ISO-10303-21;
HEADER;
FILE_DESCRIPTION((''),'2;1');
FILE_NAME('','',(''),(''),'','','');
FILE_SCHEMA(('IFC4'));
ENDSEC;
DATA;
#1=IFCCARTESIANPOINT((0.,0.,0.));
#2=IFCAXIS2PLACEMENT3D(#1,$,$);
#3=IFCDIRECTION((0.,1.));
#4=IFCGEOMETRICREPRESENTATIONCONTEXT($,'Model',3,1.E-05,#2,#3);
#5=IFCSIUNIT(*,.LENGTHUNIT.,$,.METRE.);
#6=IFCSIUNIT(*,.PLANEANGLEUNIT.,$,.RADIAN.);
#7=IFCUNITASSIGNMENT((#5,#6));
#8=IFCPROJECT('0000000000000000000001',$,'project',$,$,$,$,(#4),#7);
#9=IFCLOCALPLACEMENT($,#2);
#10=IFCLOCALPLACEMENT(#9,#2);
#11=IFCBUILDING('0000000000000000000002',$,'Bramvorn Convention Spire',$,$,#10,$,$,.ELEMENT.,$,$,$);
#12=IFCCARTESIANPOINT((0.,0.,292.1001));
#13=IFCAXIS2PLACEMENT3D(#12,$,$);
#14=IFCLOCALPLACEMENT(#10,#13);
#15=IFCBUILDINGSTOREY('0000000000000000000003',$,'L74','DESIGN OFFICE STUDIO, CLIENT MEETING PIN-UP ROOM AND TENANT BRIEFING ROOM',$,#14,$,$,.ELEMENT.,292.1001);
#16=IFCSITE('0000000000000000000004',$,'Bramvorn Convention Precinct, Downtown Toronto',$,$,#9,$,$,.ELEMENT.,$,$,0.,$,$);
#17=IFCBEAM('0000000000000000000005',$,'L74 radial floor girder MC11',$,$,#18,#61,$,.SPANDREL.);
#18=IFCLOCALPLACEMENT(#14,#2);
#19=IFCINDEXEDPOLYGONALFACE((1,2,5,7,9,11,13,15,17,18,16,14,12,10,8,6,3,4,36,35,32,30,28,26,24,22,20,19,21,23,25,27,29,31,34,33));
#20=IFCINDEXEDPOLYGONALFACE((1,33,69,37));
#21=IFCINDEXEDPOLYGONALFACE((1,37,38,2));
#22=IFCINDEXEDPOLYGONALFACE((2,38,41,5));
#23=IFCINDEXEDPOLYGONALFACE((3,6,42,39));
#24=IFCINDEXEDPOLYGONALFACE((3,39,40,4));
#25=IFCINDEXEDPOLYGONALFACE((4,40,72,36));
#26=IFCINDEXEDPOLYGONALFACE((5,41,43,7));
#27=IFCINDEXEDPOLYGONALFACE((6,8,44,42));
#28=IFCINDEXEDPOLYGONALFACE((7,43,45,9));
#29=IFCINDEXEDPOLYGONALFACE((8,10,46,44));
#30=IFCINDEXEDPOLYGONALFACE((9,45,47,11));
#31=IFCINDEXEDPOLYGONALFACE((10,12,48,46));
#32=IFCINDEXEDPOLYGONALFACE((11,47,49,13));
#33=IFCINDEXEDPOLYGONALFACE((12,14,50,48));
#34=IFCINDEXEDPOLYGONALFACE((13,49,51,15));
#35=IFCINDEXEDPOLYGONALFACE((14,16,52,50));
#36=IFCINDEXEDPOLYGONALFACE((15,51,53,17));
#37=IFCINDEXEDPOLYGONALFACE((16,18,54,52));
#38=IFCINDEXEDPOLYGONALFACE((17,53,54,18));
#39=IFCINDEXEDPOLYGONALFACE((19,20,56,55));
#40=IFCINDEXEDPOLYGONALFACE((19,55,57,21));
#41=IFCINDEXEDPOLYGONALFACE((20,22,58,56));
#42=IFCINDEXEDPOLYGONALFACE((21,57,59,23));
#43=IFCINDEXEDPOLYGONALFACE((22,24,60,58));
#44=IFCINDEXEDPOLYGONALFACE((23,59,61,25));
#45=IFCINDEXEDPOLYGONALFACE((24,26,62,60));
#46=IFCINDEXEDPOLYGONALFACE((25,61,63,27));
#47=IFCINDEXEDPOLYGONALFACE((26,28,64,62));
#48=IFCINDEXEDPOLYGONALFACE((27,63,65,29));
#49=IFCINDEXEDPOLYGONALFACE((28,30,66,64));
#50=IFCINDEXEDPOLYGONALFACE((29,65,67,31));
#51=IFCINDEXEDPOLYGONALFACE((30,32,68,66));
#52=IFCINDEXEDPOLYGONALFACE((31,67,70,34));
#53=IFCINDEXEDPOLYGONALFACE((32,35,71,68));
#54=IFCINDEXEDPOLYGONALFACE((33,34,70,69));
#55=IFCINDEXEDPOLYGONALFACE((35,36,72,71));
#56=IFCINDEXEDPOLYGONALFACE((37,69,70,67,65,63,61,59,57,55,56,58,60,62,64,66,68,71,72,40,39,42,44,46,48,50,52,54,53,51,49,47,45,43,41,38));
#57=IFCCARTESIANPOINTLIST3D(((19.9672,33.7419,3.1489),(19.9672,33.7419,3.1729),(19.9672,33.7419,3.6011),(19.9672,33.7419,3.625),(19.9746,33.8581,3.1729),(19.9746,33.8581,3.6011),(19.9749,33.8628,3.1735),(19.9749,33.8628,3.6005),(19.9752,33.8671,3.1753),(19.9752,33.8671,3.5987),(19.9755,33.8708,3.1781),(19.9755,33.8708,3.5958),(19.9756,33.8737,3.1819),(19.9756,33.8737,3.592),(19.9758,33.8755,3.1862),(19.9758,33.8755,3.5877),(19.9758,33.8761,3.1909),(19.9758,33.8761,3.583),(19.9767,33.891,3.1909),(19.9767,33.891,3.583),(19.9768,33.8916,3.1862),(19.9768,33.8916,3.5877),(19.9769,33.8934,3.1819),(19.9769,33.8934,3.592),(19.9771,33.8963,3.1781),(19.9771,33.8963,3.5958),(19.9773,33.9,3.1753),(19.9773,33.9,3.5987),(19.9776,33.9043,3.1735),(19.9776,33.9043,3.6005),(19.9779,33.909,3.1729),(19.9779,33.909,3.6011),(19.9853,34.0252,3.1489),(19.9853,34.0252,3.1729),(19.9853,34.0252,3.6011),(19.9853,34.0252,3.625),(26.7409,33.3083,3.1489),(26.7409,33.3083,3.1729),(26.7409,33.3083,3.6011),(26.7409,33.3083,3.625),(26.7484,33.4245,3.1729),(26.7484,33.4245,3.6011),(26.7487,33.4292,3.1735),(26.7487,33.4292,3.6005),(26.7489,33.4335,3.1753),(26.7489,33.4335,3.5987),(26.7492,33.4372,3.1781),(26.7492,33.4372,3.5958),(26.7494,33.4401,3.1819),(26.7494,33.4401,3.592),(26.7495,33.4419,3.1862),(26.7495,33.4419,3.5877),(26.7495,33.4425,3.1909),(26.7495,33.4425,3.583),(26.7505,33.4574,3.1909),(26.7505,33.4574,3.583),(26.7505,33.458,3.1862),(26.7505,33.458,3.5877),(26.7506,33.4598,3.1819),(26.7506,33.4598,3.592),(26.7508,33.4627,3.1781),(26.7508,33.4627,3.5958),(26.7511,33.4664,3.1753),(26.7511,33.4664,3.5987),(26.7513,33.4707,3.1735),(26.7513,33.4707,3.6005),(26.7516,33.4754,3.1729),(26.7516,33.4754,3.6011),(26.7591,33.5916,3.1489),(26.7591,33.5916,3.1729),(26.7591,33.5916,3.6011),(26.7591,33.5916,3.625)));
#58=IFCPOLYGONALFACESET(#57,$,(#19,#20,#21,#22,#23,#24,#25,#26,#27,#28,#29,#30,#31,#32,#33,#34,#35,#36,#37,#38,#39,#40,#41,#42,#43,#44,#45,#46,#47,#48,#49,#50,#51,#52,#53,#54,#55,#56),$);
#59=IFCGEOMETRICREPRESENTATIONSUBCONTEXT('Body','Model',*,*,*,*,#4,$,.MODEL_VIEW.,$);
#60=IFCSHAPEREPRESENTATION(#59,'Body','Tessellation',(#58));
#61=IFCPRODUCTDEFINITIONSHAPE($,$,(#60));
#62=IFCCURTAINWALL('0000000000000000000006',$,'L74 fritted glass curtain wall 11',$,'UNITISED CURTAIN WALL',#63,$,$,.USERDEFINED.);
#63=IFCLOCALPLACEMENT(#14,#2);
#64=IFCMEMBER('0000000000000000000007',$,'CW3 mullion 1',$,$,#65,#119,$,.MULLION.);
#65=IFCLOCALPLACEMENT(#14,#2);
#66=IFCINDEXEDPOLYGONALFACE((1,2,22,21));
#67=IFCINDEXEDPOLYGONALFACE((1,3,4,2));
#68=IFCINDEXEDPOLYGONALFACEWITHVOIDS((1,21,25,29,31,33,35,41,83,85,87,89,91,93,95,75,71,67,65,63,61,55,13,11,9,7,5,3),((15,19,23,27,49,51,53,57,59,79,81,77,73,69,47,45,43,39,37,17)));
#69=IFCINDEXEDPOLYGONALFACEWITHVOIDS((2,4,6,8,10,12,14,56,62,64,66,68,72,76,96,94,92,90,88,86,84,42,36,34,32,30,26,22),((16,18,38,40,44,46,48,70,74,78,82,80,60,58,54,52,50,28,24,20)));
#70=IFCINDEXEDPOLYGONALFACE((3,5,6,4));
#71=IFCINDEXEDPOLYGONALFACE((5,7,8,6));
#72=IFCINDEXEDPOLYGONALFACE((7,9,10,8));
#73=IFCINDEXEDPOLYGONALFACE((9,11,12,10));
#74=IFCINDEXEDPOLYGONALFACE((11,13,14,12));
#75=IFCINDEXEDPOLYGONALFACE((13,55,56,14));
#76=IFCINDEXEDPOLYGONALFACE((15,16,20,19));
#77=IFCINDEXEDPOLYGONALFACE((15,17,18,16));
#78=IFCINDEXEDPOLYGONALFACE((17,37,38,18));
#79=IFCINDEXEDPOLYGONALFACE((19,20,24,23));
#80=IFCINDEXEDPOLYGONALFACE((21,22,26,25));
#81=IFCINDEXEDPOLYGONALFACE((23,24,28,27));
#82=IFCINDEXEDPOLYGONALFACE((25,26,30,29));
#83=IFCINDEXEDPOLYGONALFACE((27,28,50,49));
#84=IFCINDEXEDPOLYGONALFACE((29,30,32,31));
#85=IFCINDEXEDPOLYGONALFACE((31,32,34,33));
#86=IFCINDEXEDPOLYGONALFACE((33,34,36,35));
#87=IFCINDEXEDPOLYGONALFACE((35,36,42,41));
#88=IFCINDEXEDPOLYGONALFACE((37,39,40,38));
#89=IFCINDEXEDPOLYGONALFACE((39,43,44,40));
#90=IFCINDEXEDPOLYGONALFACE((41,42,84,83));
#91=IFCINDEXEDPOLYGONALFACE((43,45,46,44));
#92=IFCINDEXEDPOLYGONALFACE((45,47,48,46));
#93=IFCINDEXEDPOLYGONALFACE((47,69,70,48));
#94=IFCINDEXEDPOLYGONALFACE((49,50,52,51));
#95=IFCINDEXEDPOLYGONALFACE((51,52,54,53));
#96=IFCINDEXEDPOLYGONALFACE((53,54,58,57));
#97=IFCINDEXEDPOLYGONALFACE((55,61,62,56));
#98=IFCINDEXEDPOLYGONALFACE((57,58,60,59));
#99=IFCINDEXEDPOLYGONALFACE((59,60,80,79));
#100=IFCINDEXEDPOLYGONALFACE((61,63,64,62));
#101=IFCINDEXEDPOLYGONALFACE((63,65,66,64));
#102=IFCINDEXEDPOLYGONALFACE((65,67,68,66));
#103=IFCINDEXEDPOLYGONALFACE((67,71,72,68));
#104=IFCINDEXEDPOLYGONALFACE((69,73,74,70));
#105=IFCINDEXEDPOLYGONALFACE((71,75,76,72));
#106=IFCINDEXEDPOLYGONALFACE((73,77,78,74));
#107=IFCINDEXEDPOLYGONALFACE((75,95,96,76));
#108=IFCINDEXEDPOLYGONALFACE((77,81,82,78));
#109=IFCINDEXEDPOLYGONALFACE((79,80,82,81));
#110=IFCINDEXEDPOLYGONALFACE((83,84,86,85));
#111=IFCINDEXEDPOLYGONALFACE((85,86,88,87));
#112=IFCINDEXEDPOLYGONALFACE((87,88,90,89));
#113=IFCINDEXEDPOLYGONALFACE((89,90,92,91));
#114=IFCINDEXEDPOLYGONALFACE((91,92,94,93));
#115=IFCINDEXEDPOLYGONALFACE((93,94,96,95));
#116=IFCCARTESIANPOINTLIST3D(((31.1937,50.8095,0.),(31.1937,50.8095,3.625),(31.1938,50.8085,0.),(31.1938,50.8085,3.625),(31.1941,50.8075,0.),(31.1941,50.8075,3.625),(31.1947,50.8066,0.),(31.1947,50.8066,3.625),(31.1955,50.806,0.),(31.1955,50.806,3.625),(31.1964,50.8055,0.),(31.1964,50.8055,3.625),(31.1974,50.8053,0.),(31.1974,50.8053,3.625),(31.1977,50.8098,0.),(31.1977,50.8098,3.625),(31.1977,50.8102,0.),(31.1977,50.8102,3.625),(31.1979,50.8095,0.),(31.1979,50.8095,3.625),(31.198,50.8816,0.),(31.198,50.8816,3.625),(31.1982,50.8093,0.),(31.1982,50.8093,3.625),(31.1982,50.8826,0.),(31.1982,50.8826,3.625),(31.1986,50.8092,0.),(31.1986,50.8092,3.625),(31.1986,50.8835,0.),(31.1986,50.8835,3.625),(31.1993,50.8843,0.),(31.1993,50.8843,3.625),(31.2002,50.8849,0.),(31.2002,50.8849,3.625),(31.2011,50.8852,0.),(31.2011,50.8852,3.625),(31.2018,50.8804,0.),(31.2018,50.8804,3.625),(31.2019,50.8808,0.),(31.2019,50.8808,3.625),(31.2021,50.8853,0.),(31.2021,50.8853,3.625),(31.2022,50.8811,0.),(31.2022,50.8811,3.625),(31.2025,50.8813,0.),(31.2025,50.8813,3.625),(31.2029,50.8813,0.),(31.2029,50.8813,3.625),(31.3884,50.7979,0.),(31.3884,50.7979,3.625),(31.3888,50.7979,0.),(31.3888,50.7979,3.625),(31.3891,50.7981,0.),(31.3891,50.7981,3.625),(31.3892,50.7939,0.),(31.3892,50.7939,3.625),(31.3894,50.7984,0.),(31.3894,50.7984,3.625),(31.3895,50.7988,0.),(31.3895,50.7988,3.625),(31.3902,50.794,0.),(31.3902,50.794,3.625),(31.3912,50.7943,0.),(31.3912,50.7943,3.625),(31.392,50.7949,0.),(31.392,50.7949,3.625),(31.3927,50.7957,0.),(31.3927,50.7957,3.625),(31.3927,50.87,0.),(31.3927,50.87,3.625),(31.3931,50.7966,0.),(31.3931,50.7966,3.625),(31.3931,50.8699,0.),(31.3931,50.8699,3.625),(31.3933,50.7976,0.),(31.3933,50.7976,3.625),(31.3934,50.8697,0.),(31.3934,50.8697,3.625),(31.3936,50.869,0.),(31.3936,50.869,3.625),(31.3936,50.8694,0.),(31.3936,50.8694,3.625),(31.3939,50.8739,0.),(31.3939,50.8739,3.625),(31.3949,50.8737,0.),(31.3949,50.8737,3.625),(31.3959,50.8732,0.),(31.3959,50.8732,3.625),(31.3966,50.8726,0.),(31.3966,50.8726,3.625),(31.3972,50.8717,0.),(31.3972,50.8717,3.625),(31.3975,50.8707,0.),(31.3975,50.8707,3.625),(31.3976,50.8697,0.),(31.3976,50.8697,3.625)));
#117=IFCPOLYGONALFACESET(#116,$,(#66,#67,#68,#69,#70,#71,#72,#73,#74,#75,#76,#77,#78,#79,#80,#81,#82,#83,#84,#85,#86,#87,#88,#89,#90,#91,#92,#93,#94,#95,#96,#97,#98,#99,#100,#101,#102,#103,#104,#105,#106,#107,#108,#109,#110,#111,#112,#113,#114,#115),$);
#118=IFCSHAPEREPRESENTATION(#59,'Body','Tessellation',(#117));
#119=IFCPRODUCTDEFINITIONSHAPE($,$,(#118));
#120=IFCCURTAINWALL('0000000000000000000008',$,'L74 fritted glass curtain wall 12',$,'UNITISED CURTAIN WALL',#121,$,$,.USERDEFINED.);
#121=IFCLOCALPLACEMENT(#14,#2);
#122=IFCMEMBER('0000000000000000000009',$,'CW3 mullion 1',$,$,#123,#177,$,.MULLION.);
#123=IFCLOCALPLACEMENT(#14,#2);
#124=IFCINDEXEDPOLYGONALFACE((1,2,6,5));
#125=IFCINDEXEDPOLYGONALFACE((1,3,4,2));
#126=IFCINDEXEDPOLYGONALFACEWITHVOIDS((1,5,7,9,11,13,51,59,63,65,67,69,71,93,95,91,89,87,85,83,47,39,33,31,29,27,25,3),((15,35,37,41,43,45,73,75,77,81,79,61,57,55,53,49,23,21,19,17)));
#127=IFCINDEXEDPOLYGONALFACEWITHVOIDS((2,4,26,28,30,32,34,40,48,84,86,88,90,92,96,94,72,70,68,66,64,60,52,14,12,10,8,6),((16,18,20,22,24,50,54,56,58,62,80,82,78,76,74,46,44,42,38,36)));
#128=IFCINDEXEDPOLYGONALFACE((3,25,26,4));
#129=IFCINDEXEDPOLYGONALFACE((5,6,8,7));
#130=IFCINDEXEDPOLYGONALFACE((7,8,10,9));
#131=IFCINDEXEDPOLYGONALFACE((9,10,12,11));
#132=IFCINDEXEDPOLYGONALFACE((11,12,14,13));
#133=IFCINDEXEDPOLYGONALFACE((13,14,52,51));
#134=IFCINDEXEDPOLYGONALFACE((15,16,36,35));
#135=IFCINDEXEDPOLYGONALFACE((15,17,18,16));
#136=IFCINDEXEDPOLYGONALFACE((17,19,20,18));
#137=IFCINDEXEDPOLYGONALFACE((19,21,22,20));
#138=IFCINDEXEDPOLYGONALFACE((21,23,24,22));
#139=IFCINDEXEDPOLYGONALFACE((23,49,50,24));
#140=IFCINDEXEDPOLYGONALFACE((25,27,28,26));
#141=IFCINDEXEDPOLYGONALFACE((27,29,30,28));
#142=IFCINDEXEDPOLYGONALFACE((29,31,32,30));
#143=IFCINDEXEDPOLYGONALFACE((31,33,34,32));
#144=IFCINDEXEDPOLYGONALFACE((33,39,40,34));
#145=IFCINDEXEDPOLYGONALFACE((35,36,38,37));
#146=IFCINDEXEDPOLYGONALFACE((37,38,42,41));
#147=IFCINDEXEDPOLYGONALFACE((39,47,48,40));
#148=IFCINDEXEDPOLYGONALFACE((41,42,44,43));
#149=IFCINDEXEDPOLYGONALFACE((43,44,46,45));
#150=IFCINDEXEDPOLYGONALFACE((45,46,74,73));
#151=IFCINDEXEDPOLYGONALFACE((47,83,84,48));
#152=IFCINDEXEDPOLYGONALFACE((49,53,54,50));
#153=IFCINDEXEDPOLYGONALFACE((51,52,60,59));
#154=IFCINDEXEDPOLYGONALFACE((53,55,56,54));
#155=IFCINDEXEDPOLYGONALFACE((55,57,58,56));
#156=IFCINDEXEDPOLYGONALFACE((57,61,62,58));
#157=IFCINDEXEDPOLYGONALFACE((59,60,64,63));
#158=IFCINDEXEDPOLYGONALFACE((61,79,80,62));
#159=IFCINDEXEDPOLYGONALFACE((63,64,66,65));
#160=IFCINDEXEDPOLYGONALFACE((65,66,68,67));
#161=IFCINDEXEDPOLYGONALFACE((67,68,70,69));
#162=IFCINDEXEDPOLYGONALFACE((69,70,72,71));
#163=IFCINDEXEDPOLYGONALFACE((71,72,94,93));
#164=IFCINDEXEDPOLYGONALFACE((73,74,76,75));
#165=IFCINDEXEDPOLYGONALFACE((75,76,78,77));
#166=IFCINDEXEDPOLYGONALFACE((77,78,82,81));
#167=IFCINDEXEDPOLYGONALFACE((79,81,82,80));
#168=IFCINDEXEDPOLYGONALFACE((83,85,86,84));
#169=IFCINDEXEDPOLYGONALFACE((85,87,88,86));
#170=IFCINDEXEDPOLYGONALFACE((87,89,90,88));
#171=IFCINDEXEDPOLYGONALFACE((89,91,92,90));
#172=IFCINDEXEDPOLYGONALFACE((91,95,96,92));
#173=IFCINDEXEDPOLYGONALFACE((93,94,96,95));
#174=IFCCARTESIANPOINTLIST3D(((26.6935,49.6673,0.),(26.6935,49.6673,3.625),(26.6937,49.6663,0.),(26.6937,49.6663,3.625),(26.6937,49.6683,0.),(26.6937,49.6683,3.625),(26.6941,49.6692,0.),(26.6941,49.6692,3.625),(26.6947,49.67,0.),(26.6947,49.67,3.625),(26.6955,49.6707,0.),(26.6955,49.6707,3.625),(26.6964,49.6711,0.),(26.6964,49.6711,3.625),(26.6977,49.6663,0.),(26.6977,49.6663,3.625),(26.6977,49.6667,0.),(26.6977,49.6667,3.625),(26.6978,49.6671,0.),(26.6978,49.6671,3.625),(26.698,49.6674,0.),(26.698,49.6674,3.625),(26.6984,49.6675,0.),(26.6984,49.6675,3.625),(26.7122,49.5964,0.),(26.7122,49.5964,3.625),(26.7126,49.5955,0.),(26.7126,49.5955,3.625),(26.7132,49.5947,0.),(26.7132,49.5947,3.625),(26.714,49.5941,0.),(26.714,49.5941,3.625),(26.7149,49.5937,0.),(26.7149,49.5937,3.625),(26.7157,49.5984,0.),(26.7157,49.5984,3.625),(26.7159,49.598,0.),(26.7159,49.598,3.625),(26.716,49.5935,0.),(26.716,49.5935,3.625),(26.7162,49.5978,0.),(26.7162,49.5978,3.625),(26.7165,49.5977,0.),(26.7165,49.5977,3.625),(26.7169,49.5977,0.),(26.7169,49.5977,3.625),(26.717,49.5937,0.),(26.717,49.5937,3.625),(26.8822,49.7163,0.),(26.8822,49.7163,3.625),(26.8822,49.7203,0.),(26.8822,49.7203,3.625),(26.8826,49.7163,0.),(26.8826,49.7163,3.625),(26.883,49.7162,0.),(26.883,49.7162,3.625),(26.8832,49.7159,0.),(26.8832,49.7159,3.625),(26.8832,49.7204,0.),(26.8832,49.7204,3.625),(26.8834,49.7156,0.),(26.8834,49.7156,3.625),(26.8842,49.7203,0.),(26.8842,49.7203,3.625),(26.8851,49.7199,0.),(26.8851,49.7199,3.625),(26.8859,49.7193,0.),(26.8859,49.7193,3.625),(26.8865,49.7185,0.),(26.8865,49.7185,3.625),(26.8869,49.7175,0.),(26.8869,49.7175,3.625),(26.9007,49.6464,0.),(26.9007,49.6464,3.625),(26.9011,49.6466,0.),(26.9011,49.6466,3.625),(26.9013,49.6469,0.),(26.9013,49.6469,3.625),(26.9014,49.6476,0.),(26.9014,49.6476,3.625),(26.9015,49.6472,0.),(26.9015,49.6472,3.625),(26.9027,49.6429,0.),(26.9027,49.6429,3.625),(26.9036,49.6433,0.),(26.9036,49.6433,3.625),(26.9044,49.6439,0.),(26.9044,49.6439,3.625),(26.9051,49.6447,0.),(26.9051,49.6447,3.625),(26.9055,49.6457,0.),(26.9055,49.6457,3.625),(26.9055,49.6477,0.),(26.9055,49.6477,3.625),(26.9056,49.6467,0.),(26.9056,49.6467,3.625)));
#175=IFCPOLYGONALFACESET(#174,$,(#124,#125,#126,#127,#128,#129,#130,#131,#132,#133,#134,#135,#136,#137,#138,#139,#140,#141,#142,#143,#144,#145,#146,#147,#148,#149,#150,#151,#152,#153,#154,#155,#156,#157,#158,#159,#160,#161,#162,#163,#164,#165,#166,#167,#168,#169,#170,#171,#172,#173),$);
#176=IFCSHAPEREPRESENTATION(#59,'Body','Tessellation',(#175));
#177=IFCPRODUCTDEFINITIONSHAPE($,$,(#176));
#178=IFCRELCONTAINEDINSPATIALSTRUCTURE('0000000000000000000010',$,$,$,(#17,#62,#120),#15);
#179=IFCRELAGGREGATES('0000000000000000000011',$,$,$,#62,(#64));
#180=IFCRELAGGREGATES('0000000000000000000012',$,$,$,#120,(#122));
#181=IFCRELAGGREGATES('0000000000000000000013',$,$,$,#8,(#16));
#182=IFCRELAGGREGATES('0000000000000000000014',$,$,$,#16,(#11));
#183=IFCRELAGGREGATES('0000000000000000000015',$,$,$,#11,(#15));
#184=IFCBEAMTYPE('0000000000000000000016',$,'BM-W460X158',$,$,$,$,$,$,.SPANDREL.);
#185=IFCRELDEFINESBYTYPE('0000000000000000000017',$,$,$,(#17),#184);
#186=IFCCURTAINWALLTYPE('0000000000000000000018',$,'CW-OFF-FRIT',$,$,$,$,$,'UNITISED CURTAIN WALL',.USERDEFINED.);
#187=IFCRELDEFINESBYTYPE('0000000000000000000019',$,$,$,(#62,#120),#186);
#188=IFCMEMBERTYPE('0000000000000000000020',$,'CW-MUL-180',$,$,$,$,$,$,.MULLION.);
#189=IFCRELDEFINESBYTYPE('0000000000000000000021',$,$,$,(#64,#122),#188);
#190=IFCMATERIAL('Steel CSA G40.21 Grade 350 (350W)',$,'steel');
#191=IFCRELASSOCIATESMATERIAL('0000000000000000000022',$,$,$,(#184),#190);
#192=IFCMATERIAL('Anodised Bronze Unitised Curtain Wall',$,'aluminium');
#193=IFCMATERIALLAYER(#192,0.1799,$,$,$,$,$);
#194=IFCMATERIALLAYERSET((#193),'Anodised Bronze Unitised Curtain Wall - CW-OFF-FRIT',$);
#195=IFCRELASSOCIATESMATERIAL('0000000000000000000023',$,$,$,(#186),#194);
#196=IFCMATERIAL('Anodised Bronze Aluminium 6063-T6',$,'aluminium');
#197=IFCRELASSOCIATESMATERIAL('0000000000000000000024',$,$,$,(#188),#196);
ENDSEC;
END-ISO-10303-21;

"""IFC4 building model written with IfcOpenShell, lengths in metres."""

from ifc_helpers import new_model, si_unit, direction, frame, origin, origin_2d, place, context, subcontext, project, spatial, hollow_rectangle, i_section, extrude, material, layer, layer_set, material_profile, profile_set, type_object, element, aggregate, save


model = new_model("IFC4")

# Units and contexts
model_context = context("Model", 3, precision=1e-05, world=origin(), true_north=direction((0.0, 1.0)))
body_context = subcontext(model_context, "Body", "Model", "MODEL_VIEW")
ifc_project = project(units=[si_unit("LENGTHUNIT", "METRE"), si_unit("PLANEANGLEUNIT", "RADIAN")], contexts=[model_context])

# Site, building, storey
site_placement = place(None, origin())
site = spatial("IfcSite", under=ifc_project, at=site_placement, Name="Bramvorn Convention Precinct, Downtown Toronto", CompositionType="ELEMENT", RefElevation=0.0)
building_placement = place(site_placement, origin())
building = spatial("IfcBuilding", under=site, at=building_placement, Name="Bramvorn Convention Spire", CompositionType="ELEMENT")
storey_placement = place(building_placement, frame((0.0, 0.0, 292.1001)))
storey = spatial("IfcBuildingStorey", under=building, at=storey_placement, Name="L74", Description="DESIGN OFFICE STUDIO, CLIENT MEETING PIN-UP ROOM AND TENANT BRIEFING ROOM", CompositionType="ELEMENT", Elevation=292.1001)

# Shared definitions
ifc_material_1 = material(Name="Steel CSA G40.21 Grade 350 (350W)", Category="steel")

# Beam
ifc_material_profile_1 = material_profile(ifc_material_1, i_section(OverallWidth=0.2839, OverallDepth=0.4761, WebThickness=0.0149, FlangeThickness=0.0239, FilletRadius=0.0181, at=origin_2d()))
ifc_profile_set_1 = profile_set([ifc_material_profile_1], Name="Steel CSA G40.21 Grade 350 (350W) - W460X158")
beam_type_1 = type_object("IfcBeamType", Name="BM-W460X158", PredefinedType="SPANDREL", material=ifc_profile_set_1)
beam_1_placement = place(storey_placement, frame((26.75, 33.45, 3.387), z_axis=(-0.997958, 0.063881, 0.0), x_axis=(-0.063881, -0.997958, 0.0)))
element("IfcBeam", 1, at=beam_1_placement, inside=storey, type_object=beam_type_1, Name="L74 radial floor girder MC11", PredefinedType="SPANDREL", context=body_context, shape_type="SweptSolid", body=[
    extrude(i_section(OverallWidth=0.2839, OverallDepth=0.4761, WebThickness=0.0149, FlangeThickness=0.0239, FilletRadius=0.0181, at=origin_2d()), origin(), (0.0, 0.0, 1.0), 6.7876),
])

# Curtain wall, member
ifc_material_2 = material(Name="Anodised Bronze Unitised Curtain Wall", Category="aluminium")
ifc_layer_1 = layer(ifc_material_2, 0.1799)
ifc_layer_set_1 = layer_set([ifc_layer_1], Name="Anodised Bronze Unitised Curtain Wall - CW-OFF-FRIT")
curtain_wall_type = type_object("IfcCurtainWallType", Name="CW-OFF-FRIT", ElementType="UNITISED CURTAIN WALL", PredefinedType="USERDEFINED", material=ifc_layer_set_1)
curtain_wall_1_placement = place(storey_placement, origin())
curtain_wall_1 = element("IfcCurtainWall", 2, at=curtain_wall_1_placement, inside=storey, type_object=curtain_wall_type, Name="L74 fritted glass curtain wall 11", ObjectType="UNITISED CURTAIN WALL", PredefinedType="USERDEFINED")
ifc_material_3 = material(Name="Anodised Bronze Aluminium 6063-T6", Category="aluminium")
ifc_material_profile_2 = material_profile(ifc_material_3, hollow_rectangle(XDim=0.0801, YDim=0.2, WallThickness=0.0039, InnerFilletRadius=0.001, OuterFilletRadius=0.0039, at=origin_2d()))
ifc_profile_set_2 = profile_set([ifc_material_profile_2], Name="Anodised Bronze Aluminium 6063-T6 - CWM80X200")
member_type_1 = type_object("IfcMemberType", Name="CW-MUL-180", PredefinedType="MULLION", material=ifc_profile_set_2)
member_1_placement = place(storey_placement, frame((31.2957, 50.8396, 0.0), z_axis=(0.0, 0.0, 1.0), x_axis=(0.059392, 0.998235, 0.0)))
member_1 = element("IfcMember", 3, at=member_1_placement, type_object=member_type_1, Name="CW3 mullion 1", PredefinedType="MULLION", context=body_context, shape_type="SweptSolid", body=[
    extrude(hollow_rectangle(XDim=0.0801, YDim=0.2, WallThickness=0.0039, InnerFilletRadius=0.001, OuterFilletRadius=0.0039, at=origin_2d()), origin(), (0.0, 0.0, 1.0), 3.625),
])

# Curtain wall, member
curtain_wall_2_placement = place(storey_placement, origin())
curtain_wall_2 = element("IfcCurtainWall", 4, at=curtain_wall_2_placement, inside=storey, type_object=curtain_wall_type, Name="L74 fritted glass curtain wall 12", ObjectType="UNITISED CURTAIN WALL", PredefinedType="USERDEFINED")
member_2_placement = place(storey_placement, frame((26.7996, 49.657, 0.0), z_axis=(0.0, 0.0, 1.0), x_axis=(-0.256354, 0.966583, 0.0)))
member_2 = element("IfcMember", 5, at=member_2_placement, type_object=member_type_1, Name="CW3 mullion 1", PredefinedType="MULLION", context=body_context, shape_type="SweptSolid", body=[
    extrude(hollow_rectangle(XDim=0.0801, YDim=0.2, WallThickness=0.0039, InnerFilletRadius=0.001, OuterFilletRadius=0.0039, at=origin_2d()), origin(), (0.0, 0.0, 1.0), 3.625),
])

aggregate(curtain_wall_1, [member_1])
aggregate(curtain_wall_2, [member_2])

save(model, "model.ifc")
